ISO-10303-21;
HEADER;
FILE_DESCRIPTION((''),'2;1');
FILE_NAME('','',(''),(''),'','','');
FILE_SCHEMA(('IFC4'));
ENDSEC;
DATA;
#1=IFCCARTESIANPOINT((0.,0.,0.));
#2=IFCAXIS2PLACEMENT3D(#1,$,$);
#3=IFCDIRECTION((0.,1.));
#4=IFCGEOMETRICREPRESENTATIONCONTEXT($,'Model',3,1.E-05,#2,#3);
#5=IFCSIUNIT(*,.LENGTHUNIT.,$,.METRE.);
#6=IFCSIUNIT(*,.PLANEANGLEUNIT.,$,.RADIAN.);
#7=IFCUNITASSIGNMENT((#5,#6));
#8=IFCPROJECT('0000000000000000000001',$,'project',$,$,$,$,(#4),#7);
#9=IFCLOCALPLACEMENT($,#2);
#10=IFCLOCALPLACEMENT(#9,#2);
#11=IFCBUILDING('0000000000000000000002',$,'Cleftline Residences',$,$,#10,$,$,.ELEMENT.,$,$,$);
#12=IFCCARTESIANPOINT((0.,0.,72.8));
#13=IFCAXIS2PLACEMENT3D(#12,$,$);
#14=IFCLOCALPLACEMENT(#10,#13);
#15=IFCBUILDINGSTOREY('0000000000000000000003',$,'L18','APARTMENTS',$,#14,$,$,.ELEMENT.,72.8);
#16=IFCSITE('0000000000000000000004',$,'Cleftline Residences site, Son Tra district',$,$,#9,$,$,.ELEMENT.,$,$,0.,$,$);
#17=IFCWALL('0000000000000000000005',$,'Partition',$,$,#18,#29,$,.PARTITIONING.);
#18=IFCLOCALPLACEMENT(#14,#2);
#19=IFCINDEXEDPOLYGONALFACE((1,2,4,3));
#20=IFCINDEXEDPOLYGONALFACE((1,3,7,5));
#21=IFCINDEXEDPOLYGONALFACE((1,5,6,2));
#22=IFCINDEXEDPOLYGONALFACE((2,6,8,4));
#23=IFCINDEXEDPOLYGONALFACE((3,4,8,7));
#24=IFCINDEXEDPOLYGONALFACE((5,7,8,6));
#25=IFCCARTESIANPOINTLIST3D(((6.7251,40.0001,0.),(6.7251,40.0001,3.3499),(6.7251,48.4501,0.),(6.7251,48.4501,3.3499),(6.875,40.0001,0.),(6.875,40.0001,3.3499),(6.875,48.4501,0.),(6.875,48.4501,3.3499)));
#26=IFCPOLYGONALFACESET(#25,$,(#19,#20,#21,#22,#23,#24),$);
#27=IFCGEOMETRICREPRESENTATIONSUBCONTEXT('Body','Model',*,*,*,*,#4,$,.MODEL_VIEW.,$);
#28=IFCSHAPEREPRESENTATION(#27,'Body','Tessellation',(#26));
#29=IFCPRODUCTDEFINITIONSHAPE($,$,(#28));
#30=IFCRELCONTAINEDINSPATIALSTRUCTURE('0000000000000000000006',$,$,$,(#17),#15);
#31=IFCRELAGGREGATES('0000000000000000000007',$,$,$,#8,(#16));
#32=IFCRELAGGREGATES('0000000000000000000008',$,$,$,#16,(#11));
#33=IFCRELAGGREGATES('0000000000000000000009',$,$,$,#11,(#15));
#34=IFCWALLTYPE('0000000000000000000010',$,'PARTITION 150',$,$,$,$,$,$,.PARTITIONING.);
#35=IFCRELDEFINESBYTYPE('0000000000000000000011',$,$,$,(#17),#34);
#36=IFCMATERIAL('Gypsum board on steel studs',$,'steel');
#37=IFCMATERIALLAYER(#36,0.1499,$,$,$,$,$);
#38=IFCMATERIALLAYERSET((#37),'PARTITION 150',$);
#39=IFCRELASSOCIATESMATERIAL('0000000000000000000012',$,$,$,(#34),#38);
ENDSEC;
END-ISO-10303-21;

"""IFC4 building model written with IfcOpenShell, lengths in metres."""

from ifc_helpers import new_model, si_unit, direction, frame, frame_2d, origin, place, context, subcontext, project, spatial, rectangle, extrude, material, layer, layer_set, type_object, element, save


model = new_model("IFC4")

# Units and contexts
model_context = context("Model", 3, precision=1e-05, world=origin(), true_north=direction((0.0, 1.0)))
body_context = subcontext(model_context, "Body", "Model", "MODEL_VIEW")
ifc_project = project(units=[si_unit("LENGTHUNIT", "METRE"), si_unit("PLANEANGLEUNIT", "RADIAN")], contexts=[model_context])

# Site, building, storey
site_placement = place(None, origin())
site = spatial("IfcSite", under=ifc_project, at=site_placement, Name="Cleftline Residences site, Son Tra district", CompositionType="ELEMENT", RefElevation=0.0)
building_placement = place(site_placement, origin())
building = spatial("IfcBuilding", under=site, at=building_placement, Name="Cleftline Residences", CompositionType="ELEMENT")
storey_placement = place(building_placement, frame((0.0, 0.0, 72.8)))
storey = spatial("IfcBuildingStorey", under=building, at=storey_placement, Name="L18", Description="APARTMENTS", CompositionType="ELEMENT", Elevation=72.8)

# Shared definitions
ifc_material_1 = material(Name="Gypsum board on steel studs", Category="steel")
ifc_layer = layer(ifc_material_1, 0.1499)
ifc_layer_set = layer_set([ifc_layer], Name="PARTITION 150")
wall_type = type_object("IfcWallType", Name="PARTITION 150", PredefinedType="PARTITIONING", material=ifc_layer_set)

# Wall
wall_1_placement = place(storey_placement, frame((6.8, 40.0, 0.0), z_axis=(0.0, 0.0, 1.0), x_axis=(0.0, 1.0, 0.0)))
element("IfcWall", 1, at=wall_1_placement, inside=storey, type_object=wall_type, Name="Partition", PredefinedType="PARTITIONING", context=body_context, shape_type="SweptSolid", body=[
    extrude(rectangle(XDim=8.45, YDim=0.1499, at=frame_2d((4.2251, 0.0))), origin(), (0.0, 0.0, 1.0), 3.3499),
])

save(model, "model.ifc")
